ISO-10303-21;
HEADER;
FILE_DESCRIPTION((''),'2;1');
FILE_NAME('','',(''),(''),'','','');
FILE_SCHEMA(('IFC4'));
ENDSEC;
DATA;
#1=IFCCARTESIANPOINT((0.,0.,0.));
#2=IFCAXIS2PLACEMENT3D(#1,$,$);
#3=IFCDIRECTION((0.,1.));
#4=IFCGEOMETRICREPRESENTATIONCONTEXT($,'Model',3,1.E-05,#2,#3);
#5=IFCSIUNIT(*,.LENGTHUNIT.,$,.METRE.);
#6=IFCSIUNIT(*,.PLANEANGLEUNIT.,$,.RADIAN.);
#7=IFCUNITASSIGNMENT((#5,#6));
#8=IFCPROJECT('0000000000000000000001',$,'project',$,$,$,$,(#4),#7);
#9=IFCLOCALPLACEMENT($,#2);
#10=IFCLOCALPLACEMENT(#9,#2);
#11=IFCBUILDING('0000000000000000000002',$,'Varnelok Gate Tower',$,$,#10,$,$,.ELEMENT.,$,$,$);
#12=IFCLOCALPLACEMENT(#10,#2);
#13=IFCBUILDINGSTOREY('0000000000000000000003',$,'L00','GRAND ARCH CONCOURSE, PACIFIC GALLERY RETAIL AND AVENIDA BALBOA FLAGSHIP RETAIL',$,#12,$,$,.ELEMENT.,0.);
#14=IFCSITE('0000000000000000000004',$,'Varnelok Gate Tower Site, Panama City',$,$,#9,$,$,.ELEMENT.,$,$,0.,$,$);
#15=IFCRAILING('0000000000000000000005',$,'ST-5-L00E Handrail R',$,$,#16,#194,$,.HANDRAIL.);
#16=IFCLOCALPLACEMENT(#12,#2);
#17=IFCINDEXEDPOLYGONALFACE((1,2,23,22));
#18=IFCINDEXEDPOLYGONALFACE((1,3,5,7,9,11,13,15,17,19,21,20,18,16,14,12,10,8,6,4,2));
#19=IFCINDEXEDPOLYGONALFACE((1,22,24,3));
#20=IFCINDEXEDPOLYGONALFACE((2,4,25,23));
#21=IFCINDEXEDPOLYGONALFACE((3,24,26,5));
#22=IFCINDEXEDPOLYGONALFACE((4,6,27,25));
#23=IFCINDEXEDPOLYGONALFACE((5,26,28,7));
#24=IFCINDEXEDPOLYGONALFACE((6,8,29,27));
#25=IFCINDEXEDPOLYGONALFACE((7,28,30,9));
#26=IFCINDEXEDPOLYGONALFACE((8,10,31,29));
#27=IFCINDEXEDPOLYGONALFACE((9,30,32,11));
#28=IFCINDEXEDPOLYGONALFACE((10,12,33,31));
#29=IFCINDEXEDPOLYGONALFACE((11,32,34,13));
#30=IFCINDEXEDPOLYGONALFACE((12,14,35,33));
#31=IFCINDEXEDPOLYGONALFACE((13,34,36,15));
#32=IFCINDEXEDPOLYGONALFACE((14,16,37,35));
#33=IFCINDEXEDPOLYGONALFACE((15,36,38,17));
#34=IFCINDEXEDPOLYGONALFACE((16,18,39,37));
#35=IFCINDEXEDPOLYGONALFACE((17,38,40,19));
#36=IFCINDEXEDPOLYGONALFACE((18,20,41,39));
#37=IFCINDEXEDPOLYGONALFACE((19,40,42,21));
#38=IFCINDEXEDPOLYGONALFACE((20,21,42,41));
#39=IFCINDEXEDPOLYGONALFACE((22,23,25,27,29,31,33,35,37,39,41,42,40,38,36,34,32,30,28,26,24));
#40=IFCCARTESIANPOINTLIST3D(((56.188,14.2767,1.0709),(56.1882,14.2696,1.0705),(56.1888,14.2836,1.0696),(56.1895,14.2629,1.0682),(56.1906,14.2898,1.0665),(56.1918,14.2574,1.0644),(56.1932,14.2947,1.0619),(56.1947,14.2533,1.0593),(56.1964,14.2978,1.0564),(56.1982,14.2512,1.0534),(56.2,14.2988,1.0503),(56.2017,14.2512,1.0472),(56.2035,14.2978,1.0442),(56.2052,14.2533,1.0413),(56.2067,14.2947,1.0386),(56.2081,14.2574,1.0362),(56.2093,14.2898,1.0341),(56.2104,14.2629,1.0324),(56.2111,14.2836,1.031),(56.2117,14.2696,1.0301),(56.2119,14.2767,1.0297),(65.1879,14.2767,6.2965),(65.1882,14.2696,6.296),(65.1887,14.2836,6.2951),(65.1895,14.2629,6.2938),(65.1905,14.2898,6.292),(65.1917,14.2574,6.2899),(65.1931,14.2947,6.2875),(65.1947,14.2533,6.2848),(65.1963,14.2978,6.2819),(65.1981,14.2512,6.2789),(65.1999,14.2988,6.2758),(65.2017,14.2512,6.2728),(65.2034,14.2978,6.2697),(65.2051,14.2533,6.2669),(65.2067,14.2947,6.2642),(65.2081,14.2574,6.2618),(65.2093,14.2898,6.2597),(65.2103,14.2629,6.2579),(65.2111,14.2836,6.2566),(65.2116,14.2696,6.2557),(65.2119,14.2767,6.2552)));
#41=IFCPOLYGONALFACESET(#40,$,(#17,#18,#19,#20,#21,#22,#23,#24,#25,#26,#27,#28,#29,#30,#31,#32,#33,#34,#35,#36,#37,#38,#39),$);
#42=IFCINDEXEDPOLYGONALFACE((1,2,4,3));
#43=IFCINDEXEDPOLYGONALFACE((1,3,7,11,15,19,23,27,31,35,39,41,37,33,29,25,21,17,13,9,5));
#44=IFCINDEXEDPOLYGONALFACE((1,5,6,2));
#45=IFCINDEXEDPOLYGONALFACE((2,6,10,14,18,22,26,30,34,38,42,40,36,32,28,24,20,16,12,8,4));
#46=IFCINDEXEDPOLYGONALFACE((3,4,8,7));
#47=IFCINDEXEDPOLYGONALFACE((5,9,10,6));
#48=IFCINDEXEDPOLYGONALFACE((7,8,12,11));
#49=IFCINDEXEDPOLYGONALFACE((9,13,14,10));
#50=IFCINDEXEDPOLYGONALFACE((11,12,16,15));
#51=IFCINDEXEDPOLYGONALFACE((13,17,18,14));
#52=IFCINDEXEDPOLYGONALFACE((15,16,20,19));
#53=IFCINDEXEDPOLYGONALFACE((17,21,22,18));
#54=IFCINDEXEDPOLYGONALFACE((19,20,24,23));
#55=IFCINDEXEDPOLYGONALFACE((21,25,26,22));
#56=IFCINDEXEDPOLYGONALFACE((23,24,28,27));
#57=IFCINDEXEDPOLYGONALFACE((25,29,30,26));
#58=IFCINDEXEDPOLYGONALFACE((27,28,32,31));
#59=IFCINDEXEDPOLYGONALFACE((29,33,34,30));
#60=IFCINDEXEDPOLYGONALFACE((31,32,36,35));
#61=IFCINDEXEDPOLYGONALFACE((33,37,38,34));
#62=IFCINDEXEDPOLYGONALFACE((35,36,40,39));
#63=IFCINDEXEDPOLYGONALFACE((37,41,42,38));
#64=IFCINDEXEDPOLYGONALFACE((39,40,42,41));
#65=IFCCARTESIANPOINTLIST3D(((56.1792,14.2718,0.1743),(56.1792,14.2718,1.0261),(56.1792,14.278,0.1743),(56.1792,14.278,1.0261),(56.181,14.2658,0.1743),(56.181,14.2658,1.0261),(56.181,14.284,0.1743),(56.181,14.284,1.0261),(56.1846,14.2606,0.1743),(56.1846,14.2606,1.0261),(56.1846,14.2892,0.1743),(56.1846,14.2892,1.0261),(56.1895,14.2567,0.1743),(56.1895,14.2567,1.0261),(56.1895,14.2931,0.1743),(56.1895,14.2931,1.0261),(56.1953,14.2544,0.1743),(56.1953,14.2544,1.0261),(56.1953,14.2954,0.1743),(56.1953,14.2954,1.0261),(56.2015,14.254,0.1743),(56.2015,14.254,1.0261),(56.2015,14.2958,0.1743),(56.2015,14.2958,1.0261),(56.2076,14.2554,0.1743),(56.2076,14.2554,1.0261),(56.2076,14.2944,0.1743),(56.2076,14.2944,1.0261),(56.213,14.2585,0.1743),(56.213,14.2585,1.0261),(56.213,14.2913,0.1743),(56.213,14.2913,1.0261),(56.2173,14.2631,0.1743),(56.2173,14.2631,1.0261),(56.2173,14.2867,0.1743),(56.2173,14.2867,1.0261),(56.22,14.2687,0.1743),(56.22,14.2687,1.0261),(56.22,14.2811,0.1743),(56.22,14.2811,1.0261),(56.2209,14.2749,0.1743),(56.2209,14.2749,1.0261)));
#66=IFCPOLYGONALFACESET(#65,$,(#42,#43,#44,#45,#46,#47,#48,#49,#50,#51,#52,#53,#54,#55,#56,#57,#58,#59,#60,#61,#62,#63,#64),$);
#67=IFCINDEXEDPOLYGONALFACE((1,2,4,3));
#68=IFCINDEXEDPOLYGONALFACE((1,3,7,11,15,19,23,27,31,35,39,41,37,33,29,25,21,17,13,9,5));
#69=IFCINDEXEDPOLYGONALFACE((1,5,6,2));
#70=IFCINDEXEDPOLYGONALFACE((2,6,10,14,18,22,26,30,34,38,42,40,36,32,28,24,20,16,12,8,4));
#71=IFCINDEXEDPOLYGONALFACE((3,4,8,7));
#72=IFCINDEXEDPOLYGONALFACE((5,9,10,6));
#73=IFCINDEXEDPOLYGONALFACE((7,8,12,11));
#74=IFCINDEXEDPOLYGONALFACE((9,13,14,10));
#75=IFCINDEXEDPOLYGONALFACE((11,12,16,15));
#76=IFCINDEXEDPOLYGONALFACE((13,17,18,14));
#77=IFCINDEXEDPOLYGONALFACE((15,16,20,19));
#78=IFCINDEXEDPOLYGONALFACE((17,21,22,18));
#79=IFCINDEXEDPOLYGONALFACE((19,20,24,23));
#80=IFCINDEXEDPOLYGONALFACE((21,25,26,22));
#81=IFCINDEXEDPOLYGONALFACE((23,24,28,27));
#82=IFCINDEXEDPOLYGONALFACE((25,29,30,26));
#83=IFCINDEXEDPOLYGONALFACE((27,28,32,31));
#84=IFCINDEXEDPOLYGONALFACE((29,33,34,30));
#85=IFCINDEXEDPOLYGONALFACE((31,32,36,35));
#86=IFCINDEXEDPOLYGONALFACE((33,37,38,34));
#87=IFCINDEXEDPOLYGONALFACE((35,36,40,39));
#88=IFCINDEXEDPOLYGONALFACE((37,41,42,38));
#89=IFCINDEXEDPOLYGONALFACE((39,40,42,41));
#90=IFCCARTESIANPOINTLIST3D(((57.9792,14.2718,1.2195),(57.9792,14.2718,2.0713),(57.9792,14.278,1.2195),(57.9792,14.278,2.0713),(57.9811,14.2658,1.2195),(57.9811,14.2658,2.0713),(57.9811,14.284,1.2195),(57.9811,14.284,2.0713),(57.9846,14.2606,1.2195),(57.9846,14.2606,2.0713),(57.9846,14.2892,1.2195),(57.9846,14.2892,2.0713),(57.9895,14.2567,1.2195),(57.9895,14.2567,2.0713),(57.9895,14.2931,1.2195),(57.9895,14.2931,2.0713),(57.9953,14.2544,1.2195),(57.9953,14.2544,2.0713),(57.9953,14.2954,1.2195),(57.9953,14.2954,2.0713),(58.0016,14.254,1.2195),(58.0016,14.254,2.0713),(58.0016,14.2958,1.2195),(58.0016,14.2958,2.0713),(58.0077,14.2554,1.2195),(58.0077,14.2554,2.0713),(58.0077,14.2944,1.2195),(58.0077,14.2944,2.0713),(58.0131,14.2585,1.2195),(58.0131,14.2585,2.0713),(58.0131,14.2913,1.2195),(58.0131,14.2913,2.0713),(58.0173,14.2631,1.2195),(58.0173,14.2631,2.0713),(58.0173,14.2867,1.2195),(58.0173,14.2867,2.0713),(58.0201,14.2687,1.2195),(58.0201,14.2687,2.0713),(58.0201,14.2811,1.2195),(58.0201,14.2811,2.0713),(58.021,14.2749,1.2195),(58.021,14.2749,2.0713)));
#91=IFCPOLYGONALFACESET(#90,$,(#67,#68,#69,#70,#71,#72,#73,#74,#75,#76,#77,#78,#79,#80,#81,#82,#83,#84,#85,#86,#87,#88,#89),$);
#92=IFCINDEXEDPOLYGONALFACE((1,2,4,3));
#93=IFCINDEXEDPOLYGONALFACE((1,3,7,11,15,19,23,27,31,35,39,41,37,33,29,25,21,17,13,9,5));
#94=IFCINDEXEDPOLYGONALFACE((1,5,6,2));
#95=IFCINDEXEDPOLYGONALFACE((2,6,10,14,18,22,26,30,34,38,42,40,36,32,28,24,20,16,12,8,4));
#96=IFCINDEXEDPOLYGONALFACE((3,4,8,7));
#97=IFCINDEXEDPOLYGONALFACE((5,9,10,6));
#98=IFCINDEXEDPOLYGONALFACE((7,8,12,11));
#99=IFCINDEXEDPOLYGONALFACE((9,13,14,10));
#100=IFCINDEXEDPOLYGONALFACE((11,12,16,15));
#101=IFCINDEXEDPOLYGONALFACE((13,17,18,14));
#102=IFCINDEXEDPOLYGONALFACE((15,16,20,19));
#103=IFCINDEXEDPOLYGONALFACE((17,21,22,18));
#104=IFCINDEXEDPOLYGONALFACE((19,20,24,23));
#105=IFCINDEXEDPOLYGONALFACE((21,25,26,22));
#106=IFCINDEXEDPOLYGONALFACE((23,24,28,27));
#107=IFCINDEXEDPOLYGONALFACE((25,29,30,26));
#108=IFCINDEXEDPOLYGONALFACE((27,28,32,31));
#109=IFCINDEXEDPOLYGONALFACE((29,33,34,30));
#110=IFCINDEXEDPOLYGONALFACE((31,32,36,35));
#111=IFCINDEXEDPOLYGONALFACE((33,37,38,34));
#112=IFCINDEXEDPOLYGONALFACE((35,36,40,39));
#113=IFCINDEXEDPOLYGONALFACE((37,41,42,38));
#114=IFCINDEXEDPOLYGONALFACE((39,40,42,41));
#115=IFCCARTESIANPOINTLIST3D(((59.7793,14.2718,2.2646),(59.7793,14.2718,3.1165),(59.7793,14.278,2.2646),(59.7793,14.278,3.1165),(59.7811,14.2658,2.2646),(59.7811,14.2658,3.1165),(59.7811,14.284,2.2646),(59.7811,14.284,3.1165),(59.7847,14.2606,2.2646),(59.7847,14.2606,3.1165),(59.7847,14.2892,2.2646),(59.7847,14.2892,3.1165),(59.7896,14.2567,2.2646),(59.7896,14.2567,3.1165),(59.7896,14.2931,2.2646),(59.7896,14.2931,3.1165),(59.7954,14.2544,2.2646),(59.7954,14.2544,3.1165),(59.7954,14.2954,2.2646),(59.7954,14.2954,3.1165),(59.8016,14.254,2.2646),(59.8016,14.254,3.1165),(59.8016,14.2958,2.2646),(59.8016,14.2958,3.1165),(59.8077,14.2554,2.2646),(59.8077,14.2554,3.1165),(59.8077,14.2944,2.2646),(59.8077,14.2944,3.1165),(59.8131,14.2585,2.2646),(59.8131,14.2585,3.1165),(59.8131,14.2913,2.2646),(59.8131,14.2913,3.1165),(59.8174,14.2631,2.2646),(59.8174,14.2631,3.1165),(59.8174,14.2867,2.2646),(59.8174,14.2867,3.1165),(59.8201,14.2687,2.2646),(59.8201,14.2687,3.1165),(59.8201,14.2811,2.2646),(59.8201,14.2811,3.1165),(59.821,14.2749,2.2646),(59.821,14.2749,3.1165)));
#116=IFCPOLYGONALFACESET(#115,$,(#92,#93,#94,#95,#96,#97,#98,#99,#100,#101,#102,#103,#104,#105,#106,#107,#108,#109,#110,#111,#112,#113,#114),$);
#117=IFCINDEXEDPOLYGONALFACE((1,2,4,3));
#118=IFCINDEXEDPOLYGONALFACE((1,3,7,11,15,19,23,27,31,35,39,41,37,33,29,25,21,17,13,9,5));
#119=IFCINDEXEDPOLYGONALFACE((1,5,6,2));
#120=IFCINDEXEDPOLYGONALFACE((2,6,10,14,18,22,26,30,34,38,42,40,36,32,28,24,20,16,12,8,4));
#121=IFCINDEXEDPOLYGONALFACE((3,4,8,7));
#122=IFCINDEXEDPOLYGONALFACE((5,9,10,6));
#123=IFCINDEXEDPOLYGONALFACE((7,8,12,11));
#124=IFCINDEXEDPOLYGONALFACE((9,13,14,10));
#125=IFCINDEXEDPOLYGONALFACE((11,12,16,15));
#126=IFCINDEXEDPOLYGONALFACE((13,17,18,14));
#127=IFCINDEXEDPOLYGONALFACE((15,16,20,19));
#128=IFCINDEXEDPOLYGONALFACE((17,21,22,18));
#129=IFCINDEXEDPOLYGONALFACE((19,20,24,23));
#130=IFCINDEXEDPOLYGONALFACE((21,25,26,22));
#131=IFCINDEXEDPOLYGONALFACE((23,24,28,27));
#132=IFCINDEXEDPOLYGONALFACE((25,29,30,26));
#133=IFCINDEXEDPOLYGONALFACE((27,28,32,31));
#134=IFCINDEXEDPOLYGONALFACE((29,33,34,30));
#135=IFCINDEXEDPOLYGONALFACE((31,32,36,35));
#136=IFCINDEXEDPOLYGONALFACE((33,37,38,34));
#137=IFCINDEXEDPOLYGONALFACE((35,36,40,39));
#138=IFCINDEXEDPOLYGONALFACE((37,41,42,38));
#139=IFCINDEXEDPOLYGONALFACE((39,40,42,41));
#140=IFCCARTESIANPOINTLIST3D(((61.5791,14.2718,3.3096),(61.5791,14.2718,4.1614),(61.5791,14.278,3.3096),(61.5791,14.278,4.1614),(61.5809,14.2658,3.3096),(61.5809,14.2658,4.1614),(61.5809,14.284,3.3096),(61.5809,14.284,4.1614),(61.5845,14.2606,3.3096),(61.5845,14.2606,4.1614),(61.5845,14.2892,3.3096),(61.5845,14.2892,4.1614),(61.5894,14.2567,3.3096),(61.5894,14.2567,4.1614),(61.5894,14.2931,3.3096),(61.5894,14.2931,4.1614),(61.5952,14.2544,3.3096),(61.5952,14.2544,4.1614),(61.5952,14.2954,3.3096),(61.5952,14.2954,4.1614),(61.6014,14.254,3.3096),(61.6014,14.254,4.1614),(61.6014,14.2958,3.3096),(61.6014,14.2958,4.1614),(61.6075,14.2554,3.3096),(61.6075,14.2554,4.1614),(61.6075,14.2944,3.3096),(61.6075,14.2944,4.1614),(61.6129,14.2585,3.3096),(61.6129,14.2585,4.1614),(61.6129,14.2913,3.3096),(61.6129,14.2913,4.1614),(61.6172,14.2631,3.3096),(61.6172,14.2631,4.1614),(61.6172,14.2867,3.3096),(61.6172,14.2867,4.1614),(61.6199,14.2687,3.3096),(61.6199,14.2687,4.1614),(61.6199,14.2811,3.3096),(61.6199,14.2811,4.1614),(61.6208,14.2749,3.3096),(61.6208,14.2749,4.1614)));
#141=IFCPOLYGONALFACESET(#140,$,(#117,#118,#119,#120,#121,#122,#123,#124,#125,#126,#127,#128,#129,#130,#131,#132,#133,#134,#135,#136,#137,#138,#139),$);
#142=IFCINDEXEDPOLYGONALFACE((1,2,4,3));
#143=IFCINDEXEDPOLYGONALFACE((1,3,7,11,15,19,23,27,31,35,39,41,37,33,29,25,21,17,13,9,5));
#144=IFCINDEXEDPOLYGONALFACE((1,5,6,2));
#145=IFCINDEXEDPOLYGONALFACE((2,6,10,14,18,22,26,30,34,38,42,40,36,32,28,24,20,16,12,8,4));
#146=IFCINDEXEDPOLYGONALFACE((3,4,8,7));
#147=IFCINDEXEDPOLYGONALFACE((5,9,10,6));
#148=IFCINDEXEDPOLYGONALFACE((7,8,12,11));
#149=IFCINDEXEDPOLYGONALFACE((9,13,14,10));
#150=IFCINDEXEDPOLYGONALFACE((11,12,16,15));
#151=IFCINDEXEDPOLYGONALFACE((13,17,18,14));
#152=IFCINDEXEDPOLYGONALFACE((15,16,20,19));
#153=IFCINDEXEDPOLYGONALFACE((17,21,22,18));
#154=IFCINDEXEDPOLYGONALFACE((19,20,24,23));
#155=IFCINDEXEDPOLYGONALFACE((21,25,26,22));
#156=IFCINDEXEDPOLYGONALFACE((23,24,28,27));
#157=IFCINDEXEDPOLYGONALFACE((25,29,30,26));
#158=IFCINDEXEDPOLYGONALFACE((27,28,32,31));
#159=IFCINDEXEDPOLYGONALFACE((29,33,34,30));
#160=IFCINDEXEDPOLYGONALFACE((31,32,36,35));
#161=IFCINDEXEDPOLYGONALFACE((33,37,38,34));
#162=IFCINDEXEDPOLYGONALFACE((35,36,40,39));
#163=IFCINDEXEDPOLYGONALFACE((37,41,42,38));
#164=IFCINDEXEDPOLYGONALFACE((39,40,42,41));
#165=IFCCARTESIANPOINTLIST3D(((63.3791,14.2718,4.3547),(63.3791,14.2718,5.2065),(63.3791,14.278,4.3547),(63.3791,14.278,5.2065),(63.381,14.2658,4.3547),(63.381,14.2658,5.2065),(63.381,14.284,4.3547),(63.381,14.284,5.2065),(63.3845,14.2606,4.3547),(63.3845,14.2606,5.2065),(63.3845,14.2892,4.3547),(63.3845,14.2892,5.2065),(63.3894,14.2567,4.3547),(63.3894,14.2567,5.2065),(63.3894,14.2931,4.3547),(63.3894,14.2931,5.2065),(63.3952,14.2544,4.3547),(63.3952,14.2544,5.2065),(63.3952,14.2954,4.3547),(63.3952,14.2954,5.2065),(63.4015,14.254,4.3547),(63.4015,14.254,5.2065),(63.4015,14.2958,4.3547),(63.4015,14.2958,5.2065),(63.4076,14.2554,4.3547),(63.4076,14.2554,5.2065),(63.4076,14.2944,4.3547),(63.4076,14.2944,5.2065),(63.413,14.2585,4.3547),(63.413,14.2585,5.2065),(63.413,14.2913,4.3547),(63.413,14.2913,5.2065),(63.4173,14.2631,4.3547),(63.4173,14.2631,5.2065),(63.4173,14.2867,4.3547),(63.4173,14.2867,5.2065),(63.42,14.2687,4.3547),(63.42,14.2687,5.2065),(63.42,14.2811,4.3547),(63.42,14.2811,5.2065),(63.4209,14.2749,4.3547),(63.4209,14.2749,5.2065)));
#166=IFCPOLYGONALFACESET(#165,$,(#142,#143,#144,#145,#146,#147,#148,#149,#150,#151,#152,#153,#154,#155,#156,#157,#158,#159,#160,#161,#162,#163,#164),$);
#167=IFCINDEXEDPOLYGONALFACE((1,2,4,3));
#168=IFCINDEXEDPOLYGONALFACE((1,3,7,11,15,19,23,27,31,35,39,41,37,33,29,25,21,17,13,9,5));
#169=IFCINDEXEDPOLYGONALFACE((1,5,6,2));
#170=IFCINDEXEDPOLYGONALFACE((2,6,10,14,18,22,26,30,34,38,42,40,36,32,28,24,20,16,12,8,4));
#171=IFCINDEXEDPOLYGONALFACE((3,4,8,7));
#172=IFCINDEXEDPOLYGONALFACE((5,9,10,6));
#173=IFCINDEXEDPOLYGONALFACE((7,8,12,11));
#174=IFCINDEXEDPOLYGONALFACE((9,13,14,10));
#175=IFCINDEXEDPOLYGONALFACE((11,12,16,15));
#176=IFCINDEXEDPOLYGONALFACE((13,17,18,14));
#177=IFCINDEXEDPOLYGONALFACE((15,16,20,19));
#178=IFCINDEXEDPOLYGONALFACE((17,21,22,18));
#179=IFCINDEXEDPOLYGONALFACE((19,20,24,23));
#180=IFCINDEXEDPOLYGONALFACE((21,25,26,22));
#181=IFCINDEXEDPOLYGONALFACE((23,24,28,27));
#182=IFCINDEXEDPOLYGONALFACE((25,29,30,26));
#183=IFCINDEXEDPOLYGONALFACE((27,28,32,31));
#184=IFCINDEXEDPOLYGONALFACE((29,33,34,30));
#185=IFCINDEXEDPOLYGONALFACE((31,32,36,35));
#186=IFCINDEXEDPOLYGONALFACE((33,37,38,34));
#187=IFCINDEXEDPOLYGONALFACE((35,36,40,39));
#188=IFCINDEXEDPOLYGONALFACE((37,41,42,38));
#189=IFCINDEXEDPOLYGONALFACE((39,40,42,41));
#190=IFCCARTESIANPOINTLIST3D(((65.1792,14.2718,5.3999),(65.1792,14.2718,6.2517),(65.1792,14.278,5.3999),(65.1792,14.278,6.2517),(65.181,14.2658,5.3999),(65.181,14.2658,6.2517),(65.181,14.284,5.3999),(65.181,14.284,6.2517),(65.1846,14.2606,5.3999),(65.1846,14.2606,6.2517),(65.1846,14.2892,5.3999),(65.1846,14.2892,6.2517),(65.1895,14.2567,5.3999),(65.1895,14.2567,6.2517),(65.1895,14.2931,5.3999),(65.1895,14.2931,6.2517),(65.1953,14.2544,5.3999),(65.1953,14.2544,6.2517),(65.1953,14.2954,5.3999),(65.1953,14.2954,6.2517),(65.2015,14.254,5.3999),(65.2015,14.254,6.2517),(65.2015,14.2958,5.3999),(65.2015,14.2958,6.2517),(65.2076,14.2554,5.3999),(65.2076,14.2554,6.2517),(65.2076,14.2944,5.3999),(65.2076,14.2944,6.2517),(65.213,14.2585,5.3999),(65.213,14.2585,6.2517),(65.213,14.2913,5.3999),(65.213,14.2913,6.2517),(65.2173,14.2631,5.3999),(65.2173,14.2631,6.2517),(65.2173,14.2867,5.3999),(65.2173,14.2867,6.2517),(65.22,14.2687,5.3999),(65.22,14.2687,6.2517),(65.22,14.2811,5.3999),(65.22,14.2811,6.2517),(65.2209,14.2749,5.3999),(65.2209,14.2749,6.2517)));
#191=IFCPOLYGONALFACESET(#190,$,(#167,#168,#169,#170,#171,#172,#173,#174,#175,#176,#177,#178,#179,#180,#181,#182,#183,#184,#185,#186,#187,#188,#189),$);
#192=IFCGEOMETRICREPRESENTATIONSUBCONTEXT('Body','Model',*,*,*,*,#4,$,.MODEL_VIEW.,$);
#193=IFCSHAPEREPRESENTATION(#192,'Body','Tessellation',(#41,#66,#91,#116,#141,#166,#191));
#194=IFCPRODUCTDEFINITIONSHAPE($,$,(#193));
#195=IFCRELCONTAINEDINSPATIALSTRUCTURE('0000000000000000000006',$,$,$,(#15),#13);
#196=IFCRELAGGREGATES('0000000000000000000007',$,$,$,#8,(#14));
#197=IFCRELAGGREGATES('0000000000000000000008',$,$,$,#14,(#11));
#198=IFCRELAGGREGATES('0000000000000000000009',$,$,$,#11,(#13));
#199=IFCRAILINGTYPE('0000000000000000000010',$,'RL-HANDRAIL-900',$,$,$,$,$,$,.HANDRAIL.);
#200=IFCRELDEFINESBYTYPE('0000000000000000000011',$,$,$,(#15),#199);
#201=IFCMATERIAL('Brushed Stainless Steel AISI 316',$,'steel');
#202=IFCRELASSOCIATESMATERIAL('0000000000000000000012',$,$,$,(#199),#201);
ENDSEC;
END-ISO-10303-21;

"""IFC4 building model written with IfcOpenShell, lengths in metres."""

from ifc_helpers import new_model, si_unit, direction, frame, origin, origin_2d, place, context, subcontext, project, spatial, circle, extrude, material, type_object, element, save


model = new_model("IFC4")

# Units and contexts
model_context = context("Model", 3, precision=1e-05, world=origin(), true_north=direction((0.0, 1.0)))
body_context = subcontext(model_context, "Body", "Model", "MODEL_VIEW")
ifc_project = project(units=[si_unit("LENGTHUNIT", "METRE"), si_unit("PLANEANGLEUNIT", "RADIAN")], contexts=[model_context])

# Site, building, storey
site_placement = place(None, origin())
site = spatial("IfcSite", under=ifc_project, at=site_placement, Name="Varnelok Gate Tower Site, Panama City", CompositionType="ELEMENT", RefElevation=0.0)
building_placement = place(site_placement, origin())
building = spatial("IfcBuilding", under=site, at=building_placement, Name="Varnelok Gate Tower", CompositionType="ELEMENT")
storey_placement = place(building_placement, origin())
storey = spatial("IfcBuildingStorey", under=building, at=storey_placement, Name="L00", Description="GRAND ARCH CONCOURSE, PACIFIC GALLERY RETAIL AND AVENIDA BALBOA FLAGSHIP RETAIL", CompositionType="ELEMENT", Elevation=0.0)

# Railing
ifc_material_1 = material(Name="Brushed Stainless Steel AISI 316", Category="steel")
railing_type_1 = type_object("IfcRailingType", Name="RL-HANDRAIL-900", PredefinedType="HANDRAIL", material=ifc_material_1)
for number, where, name in (
    (1, (56.2, 14.2749, 0.1743), "ST-5-L00E Handrail R"),
):
    element("IfcRailing", number, at=place(storey_placement, frame(where)), inside=storey, type_object=railing_type_1, Name=name, PredefinedType="HANDRAIL", context=body_context, shape_type="SweptSolid", body=[
        extrude(circle(Radius=0.0239, at=origin_2d()), frame((0.0, 0.0, 0.876), z_axis=(0.864798, 0.0, 0.50212), x_axis=(0.0, 1.0, 0.0)), (0.0, 0.0, 1.0), 10.407),
        extrude(circle(Radius=0.021, at=origin_2d()), origin(), (0.0, 0.0, 1.0), 0.8518),
        extrude(circle(Radius=0.021, at=origin_2d()), frame((1.8, 0.0, 1.0452)), (0.0, 0.0, 1.0), 0.8518),
        extrude(circle(Radius=0.021, at=origin_2d()), frame((3.6001, 0.0, 2.0903)), (0.0, 0.0, 1.0), 0.8518),
        extrude(circle(Radius=0.021, at=origin_2d()), frame((5.3999, 0.0, 3.1353)), (0.0, 0.0, 1.0), 0.8518),
        extrude(circle(Radius=0.021, at=origin_2d()), frame((7.2, 0.0, 4.1804)), (0.0, 0.0, 1.0), 0.8518),
        extrude(circle(Radius=0.021, at=origin_2d()), frame((9.0, 0.0, 5.2256)), (0.0, 0.0, 1.0), 0.8518),
    ])

save(model, "model.ifc")
